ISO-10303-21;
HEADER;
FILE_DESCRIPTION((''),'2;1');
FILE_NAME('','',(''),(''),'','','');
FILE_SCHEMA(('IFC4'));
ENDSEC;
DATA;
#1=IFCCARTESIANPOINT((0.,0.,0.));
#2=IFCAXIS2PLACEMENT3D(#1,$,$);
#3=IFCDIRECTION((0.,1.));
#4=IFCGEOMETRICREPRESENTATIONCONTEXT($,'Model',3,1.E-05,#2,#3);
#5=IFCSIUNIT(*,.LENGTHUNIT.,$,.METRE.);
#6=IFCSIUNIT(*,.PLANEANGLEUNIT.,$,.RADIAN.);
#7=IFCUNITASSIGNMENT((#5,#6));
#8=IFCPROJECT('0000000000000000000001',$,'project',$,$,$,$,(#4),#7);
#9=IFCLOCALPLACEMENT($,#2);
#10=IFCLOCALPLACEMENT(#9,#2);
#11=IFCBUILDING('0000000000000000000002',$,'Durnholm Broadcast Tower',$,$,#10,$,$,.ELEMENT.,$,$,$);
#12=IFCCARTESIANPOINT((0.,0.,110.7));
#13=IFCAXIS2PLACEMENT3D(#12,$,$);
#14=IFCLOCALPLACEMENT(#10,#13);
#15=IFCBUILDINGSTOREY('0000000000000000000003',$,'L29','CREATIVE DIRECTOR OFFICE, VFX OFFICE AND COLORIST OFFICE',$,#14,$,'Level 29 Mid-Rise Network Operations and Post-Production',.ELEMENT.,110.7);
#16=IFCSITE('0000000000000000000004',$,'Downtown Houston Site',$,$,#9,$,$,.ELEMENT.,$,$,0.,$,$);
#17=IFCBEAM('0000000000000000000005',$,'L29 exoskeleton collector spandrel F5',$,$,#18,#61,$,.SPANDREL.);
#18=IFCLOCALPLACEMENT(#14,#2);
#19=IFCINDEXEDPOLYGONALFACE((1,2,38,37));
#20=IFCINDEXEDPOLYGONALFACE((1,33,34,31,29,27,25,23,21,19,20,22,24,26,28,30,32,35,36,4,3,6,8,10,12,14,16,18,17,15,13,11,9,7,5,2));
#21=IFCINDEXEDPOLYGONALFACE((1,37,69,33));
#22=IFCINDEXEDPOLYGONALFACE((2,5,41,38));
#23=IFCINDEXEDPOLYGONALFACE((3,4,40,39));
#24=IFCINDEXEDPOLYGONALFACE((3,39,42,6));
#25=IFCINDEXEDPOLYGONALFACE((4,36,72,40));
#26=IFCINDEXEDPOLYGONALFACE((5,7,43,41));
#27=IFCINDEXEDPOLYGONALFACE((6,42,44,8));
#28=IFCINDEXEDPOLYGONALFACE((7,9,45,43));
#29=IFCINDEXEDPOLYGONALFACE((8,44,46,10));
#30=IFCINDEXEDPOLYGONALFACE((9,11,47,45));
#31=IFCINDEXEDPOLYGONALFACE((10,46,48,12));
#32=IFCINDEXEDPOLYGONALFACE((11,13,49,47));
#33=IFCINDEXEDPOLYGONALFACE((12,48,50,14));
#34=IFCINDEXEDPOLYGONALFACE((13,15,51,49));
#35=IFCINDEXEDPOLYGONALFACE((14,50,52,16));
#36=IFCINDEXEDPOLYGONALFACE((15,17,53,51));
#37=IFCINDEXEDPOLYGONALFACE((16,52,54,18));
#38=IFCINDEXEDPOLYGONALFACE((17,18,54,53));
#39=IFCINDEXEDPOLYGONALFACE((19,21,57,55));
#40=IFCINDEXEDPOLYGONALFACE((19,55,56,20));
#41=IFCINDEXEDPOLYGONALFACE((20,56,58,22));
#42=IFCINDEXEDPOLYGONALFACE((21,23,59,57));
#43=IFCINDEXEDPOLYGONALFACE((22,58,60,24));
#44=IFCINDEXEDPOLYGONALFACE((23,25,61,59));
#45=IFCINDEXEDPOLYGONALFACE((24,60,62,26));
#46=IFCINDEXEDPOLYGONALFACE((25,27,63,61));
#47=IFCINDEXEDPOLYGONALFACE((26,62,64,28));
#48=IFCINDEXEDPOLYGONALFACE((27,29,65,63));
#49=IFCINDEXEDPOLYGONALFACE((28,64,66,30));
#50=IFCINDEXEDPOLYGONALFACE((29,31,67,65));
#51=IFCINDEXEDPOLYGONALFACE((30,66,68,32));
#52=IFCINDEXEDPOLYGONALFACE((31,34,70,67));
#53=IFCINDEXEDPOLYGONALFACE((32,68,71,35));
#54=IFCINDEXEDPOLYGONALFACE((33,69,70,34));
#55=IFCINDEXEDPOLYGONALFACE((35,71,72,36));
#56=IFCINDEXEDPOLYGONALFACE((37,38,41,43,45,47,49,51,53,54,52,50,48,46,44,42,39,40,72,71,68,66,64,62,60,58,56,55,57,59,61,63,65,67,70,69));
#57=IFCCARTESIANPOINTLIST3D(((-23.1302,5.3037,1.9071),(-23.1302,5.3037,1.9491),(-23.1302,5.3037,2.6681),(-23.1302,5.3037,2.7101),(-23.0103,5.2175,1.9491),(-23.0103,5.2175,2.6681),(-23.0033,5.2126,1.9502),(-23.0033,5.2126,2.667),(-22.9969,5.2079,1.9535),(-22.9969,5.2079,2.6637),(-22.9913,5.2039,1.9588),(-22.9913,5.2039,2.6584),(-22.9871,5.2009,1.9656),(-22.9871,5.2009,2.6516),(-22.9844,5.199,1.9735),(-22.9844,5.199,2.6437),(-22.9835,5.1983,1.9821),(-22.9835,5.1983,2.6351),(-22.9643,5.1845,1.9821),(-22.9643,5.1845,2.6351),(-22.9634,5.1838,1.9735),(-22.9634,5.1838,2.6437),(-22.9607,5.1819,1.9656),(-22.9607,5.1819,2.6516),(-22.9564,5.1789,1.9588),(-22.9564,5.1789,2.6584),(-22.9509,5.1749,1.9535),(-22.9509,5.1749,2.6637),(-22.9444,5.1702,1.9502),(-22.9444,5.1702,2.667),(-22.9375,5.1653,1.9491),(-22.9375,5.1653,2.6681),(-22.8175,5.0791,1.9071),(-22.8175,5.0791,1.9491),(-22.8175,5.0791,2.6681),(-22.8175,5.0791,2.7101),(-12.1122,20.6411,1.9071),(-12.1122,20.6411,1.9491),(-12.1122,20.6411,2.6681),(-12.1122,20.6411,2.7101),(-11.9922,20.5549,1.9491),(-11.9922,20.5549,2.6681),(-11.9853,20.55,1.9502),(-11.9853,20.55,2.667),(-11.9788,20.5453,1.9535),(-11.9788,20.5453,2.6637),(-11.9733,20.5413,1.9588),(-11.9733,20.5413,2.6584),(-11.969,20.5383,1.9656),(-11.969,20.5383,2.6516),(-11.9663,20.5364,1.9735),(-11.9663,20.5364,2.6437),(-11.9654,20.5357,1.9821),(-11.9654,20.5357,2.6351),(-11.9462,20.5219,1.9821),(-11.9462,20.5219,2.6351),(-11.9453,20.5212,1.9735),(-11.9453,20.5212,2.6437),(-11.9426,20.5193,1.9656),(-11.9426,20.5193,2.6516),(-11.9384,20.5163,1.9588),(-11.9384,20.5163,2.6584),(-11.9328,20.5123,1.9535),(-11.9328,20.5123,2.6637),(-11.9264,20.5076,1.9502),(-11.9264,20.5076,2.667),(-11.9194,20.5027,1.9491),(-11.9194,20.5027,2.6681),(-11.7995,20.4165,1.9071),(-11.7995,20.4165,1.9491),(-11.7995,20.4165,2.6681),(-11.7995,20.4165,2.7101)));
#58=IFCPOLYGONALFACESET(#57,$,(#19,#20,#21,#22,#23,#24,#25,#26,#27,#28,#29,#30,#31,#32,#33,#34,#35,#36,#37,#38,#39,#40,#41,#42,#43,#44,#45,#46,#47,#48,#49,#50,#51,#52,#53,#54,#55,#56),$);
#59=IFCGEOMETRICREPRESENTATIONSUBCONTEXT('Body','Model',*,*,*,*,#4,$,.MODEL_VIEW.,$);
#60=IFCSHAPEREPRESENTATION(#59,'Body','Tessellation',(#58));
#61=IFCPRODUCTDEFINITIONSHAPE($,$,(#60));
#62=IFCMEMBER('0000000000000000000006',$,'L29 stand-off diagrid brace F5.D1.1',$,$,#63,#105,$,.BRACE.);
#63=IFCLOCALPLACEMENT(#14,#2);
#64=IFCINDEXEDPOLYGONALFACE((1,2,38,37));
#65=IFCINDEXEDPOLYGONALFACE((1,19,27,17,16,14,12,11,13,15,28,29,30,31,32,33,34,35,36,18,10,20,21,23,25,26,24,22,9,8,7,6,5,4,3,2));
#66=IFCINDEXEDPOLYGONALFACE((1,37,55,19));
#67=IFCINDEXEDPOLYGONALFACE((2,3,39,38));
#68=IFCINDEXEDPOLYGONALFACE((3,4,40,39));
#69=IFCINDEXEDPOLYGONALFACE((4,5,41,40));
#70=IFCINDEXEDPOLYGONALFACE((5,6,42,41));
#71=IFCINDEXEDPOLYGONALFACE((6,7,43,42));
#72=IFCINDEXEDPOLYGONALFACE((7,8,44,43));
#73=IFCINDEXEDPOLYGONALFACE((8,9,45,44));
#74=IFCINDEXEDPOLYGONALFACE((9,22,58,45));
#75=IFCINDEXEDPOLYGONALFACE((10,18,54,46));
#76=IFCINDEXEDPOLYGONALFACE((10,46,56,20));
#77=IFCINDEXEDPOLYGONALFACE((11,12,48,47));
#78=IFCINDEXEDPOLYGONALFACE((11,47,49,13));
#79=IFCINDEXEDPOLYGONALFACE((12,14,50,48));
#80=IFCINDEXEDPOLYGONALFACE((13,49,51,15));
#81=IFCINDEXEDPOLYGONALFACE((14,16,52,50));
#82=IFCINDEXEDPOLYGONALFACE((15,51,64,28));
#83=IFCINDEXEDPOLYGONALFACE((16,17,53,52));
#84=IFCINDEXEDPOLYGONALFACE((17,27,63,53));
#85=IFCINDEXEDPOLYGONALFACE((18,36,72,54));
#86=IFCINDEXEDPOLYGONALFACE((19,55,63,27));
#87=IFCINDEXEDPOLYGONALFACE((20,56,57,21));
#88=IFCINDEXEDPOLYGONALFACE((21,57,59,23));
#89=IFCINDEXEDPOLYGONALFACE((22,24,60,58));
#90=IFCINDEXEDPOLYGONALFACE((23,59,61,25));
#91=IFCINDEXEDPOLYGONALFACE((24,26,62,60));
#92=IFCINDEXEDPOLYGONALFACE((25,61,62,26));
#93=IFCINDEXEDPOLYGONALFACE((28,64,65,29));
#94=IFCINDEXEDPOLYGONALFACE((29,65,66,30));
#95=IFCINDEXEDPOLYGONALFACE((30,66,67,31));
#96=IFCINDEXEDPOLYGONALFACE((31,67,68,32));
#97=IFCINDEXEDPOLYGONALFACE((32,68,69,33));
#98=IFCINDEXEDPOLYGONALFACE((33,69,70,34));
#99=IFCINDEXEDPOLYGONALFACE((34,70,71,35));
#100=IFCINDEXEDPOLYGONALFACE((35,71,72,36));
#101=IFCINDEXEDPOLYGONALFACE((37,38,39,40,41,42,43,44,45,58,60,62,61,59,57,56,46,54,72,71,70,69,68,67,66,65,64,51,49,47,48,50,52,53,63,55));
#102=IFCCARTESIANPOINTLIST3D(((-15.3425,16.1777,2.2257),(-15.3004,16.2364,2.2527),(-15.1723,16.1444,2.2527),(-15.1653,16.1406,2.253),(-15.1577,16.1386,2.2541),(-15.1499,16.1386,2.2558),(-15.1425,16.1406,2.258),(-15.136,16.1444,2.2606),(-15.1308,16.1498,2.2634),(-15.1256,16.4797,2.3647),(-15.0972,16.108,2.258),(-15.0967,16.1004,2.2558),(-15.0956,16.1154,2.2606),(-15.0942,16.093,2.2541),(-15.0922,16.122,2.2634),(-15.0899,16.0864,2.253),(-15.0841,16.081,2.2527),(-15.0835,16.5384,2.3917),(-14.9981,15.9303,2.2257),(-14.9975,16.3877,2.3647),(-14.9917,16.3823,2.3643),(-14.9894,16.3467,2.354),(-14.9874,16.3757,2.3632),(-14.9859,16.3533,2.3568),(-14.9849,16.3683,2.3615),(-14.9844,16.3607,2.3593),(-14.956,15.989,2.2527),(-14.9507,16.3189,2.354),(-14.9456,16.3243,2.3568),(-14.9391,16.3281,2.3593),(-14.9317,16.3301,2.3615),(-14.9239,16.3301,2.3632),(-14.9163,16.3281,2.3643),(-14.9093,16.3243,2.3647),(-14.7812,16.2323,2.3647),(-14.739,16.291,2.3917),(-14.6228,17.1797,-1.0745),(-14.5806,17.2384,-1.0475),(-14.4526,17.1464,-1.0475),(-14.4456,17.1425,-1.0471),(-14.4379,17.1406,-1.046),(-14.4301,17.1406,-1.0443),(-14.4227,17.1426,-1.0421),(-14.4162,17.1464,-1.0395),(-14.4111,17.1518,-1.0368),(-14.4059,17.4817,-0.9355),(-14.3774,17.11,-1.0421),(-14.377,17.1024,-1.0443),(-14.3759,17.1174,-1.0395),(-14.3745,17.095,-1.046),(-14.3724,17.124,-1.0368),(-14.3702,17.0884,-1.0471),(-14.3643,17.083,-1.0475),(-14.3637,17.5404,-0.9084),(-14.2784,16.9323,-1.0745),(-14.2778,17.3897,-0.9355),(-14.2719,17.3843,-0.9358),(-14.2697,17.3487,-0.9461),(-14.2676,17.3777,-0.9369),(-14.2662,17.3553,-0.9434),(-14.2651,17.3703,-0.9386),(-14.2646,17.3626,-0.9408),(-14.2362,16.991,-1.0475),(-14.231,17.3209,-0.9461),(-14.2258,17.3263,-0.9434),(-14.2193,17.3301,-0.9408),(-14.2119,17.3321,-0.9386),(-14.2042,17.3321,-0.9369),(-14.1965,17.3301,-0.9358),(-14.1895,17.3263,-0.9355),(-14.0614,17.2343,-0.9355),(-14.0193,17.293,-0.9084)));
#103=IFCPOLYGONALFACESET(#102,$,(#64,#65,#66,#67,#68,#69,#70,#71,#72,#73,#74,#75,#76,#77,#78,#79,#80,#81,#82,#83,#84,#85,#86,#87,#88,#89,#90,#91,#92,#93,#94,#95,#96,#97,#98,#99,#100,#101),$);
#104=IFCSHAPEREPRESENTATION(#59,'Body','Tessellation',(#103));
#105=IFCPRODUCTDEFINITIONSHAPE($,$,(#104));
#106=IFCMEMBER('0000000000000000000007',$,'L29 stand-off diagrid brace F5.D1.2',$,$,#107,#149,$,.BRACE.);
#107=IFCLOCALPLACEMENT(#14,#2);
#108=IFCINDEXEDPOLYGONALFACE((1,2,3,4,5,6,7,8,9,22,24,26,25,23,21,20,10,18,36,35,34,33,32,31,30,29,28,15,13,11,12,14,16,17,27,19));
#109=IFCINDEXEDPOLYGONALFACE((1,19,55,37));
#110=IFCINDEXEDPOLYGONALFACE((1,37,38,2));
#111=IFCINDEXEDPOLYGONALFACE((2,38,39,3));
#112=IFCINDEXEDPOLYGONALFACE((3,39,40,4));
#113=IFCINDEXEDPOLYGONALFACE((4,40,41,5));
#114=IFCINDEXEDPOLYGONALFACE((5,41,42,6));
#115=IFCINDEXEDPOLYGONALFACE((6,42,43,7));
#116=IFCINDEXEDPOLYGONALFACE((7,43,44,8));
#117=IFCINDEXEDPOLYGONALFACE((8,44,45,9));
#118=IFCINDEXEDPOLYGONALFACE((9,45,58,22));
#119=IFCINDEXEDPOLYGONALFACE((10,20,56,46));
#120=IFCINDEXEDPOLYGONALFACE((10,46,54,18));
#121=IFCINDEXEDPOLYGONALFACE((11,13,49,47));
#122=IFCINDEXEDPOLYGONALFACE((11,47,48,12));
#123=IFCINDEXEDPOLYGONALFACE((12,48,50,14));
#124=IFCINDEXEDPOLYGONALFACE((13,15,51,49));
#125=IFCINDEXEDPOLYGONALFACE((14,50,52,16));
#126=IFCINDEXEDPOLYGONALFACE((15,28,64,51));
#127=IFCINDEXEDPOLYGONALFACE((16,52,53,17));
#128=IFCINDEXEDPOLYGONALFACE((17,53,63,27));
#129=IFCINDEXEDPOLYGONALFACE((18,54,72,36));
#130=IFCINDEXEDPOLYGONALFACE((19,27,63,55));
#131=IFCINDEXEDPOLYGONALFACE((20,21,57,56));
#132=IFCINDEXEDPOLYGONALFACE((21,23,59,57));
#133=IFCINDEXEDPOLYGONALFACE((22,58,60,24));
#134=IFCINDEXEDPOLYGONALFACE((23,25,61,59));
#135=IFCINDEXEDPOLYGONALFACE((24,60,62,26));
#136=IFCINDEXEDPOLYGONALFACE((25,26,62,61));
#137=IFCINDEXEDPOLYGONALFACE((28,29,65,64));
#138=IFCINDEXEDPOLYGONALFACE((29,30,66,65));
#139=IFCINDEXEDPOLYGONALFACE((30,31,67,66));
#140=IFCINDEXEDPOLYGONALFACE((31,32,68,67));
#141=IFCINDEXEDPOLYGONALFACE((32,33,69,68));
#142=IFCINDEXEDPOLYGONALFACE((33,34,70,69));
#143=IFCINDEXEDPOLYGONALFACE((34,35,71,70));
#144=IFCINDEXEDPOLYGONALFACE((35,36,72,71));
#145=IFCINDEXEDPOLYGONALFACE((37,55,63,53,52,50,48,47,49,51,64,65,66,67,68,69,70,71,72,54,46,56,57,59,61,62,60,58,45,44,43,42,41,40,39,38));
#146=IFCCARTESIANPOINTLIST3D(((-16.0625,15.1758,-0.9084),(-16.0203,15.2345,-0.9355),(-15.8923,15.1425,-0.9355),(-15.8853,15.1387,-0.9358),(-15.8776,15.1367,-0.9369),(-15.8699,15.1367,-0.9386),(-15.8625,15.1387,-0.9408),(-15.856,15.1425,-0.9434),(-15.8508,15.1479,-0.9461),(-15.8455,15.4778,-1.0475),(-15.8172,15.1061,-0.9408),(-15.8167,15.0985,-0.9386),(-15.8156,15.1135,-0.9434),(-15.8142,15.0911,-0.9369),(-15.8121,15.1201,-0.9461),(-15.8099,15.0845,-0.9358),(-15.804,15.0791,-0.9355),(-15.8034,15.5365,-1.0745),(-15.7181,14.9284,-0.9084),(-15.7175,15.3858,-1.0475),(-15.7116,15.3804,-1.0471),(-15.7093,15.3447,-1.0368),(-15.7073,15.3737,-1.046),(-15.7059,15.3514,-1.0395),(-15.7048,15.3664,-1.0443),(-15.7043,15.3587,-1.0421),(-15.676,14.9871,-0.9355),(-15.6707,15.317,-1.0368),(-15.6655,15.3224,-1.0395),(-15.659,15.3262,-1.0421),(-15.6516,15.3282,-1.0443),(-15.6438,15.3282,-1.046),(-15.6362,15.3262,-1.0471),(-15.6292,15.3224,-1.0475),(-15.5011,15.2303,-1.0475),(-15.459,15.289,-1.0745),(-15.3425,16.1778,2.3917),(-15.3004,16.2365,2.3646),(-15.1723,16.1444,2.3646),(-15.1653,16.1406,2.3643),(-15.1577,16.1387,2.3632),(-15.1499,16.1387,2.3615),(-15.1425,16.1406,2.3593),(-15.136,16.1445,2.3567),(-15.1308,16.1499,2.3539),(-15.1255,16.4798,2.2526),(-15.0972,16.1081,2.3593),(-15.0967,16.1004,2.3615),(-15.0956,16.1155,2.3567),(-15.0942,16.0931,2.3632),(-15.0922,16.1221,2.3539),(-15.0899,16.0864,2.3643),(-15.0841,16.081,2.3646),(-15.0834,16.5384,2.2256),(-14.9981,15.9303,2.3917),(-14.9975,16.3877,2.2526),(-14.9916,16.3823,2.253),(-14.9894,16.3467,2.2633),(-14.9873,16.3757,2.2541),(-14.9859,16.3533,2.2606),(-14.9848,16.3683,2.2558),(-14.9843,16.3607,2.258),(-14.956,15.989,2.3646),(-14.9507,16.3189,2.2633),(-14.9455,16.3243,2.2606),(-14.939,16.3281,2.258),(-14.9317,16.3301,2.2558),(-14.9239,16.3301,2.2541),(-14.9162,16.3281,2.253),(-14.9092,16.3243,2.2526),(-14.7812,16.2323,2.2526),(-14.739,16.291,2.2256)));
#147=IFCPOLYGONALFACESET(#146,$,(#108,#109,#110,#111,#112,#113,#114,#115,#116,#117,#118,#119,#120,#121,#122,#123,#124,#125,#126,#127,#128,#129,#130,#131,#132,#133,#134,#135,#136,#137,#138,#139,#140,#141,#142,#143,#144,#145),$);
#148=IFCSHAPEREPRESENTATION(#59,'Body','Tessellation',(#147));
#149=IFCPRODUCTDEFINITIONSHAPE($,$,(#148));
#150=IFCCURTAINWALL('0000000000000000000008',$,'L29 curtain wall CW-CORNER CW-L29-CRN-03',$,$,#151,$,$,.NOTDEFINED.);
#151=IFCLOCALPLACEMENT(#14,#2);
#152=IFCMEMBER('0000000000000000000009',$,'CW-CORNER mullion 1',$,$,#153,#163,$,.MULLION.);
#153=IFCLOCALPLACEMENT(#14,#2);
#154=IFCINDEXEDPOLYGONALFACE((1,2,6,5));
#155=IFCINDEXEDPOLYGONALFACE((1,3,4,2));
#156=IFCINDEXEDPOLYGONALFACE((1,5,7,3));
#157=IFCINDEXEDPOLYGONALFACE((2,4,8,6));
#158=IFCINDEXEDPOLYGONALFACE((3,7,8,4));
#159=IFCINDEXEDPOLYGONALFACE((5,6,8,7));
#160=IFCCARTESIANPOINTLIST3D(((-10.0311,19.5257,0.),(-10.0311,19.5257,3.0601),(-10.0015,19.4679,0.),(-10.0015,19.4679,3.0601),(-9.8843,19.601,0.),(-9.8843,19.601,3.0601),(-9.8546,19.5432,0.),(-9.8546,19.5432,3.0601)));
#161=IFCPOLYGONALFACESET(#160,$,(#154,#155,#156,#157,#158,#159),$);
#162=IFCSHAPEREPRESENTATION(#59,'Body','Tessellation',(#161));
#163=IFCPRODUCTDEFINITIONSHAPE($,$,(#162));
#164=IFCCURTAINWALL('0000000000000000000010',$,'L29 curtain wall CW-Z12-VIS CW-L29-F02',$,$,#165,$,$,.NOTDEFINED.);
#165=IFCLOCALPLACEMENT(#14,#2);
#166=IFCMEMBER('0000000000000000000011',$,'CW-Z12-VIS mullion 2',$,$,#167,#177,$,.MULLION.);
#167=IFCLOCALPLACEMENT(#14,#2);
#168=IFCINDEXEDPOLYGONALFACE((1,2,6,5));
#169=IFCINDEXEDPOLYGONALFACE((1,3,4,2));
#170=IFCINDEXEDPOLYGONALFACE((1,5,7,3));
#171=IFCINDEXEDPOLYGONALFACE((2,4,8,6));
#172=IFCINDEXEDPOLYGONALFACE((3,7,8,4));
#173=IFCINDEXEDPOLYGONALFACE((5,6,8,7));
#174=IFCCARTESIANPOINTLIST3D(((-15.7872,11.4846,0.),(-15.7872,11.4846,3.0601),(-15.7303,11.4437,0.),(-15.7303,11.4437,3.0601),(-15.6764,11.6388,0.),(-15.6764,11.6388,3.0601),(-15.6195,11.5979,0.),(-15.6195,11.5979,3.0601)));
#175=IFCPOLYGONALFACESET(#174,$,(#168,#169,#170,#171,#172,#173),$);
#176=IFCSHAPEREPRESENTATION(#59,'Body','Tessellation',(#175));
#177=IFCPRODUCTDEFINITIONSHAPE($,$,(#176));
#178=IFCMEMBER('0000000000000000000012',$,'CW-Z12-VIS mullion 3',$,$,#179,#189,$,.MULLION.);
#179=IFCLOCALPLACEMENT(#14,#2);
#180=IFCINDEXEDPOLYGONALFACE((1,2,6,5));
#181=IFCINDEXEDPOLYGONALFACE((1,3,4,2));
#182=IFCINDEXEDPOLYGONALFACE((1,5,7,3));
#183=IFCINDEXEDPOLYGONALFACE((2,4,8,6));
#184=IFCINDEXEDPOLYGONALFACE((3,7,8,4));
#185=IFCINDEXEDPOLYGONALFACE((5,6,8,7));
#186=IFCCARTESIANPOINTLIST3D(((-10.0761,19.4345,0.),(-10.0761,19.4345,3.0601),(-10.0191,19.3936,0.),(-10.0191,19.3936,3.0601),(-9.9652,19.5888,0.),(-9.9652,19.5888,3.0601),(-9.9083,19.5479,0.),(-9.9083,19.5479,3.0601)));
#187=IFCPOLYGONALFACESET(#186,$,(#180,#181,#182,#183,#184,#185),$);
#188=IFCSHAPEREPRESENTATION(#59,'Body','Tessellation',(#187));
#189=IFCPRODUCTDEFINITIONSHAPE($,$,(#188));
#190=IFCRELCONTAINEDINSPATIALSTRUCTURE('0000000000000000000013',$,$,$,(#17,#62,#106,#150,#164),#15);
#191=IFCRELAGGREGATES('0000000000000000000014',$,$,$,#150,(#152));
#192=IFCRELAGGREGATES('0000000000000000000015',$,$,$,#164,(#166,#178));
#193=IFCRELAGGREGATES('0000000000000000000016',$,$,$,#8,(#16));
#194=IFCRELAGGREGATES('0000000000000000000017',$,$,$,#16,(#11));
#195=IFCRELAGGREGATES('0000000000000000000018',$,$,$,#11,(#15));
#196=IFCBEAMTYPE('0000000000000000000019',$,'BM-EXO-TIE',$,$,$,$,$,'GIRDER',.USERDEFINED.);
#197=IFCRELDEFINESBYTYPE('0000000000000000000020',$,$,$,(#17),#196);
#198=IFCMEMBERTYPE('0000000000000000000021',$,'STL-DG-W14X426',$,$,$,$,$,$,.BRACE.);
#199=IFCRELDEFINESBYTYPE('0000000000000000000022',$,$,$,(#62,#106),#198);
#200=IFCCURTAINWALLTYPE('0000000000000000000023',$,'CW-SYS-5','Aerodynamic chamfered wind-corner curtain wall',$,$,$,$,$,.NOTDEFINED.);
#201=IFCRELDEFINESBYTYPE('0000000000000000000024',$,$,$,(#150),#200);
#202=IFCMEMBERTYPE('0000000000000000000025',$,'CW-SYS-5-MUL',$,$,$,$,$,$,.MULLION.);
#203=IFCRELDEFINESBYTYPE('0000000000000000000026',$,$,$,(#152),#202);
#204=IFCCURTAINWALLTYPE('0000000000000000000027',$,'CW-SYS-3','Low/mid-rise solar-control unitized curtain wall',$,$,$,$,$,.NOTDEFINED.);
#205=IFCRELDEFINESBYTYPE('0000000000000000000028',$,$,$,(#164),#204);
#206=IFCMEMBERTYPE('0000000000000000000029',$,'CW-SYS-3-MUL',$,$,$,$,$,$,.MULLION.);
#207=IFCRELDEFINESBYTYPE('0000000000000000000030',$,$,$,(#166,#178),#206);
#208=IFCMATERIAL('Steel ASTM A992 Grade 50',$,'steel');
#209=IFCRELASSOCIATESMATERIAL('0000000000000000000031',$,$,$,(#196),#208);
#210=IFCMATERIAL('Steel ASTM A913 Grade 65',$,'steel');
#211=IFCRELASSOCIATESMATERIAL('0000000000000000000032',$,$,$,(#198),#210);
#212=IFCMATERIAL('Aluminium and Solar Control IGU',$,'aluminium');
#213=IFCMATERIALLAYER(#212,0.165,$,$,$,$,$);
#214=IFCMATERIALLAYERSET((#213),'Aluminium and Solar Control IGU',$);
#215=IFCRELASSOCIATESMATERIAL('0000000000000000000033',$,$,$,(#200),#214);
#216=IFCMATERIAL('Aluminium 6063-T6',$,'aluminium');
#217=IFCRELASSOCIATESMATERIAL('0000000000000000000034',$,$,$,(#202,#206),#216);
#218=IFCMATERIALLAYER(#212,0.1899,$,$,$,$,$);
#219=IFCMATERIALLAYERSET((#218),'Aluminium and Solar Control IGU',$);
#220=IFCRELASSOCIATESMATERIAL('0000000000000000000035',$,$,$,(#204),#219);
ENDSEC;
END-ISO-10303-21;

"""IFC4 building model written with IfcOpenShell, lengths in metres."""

from ifc_helpers import new_model, si_unit, direction, frame, origin, origin_2d, place, context, subcontext, project, spatial, rectangle, i_section, extrude, source, transform, mapped, material, layer, layer_set, material_profile, profile_set, type_object, type_shapes, element, aggregate, save


model = new_model("IFC4")

# Units and contexts
model_context = context("Model", 3, precision=1e-05, world=origin(), true_north=direction((0.0, 1.0)))
body_context = subcontext(model_context, "Body", "Model", "MODEL_VIEW")
ifc_project = project(units=[si_unit("LENGTHUNIT", "METRE"), si_unit("PLANEANGLEUNIT", "RADIAN")], contexts=[model_context])

# Site, building, storey
site_placement = place(None, origin())
site = spatial("IfcSite", under=ifc_project, at=site_placement, Name="Downtown Houston Site", CompositionType="ELEMENT", RefElevation=0.0)
building_placement = place(site_placement, origin())
building = spatial("IfcBuilding", under=site, at=building_placement, Name="Durnholm Broadcast Tower", CompositionType="ELEMENT")
storey_placement = place(building_placement, frame((0.0, 0.0, 110.7)))
storey = spatial("IfcBuildingStorey", under=building, at=storey_placement, Name="L29", Description="CREATIVE DIRECTOR OFFICE, VFX OFFICE AND COLORIST OFFICE", LongName="Level 29 Mid-Rise Network Operations and Post-Production", CompositionType="ELEMENT", Elevation=110.7)

# Beam
ifc_material_1 = material(Name="Steel ASTM A992 Grade 50", Category="steel")
ifc_material_profile_1 = material_profile(ifc_material_1, i_section(OverallWidth=0.385, OverallDepth=0.803, WebThickness=0.0237, FlangeThickness=0.042, FilletRadius=0.033, at=origin_2d()), Name="W30X261")
ifc_profile_set_1 = profile_set([ifc_material_profile_1], Name="Steel ASTM A992 Grade 50")
beam_type = type_object("IfcBeamType", Name="BM-EXO-TIE", ElementType="GIRDER", PredefinedType="USERDEFINED", material=ifc_profile_set_1)
shared_shape_1 = source(origin(), body_context, "Body", "SweptSolid", [
    extrude(i_section(OverallWidth=0.385, OverallDepth=0.803, WebThickness=0.0237, FlangeThickness=0.042, FilletRadius=0.033, at=origin_2d()), origin(), (0.0, 0.0, 1.0), 18.8848),
])
type_shapes(beam_type, [shared_shape_1])
beam_placement = place(storey_placement, frame((-11.9558, 20.5288, 2.3086), z_axis=(-0.583437, -0.812158, 0.0), x_axis=(0.812158, -0.583437, 0.0)))
element("IfcBeam", 1, at=beam_placement, inside=storey, type_object=beam_type, Name="L29 exoskeleton collector spandrel F5", PredefinedType="SPANDREL", context=body_context, shape_type="MappedRepresentation", body=[
    mapped(shared_shape_1, transform((0.0, 0.0, 0.0), x_axis=(1.0, 0.0, 0.0), y_axis=(0.0, 1.0, 0.0), z_axis=(0.0, 0.0, 1.0), scale=1.0)),
])

# Members
ifc_material_2 = material(Name="Steel ASTM A913 Grade 65", Category="steel")
ifc_material_profile_2 = material_profile(ifc_material_2, i_section(OverallWidth=0.4241, OverallDepth=0.4741, WebThickness=0.0476, FlangeThickness=0.0771, FilletRadius=0.0305, at=origin_2d()), Name="W14X426")
ifc_profile_set_2 = profile_set([ifc_material_profile_2], Name="Steel ASTM A913 Grade 65")
member_type_1 = type_object("IfcMemberType", Name="STL-DG-W14X426", PredefinedType="BRACE", material=ifc_profile_set_2)
shared_shape_2 = source(origin(), body_context, "Body", "SweptSolid", [
    extrude(i_section(OverallWidth=0.4241, OverallDepth=0.4741, WebThickness=0.0476, FlangeThickness=0.0771, FilletRadius=0.0305, at=origin_2d()), origin(), (0.0, 0.0, 1.0), 3.5232),
])
type_shapes(member_type_1, [shared_shape_2])
for number, where, z_axis, x_axis, name in (
    (2, (-14.321, 17.2363, -0.9915), (-0.204288, -0.284395, 0.936689), (0.812179, -0.583408, 0.0), "L29 stand-off diagrid brace F5.D1.1"),
    (3, (-15.7607, 15.2324, -0.9915), (0.204354, 0.284391, 0.936675), (-0.812086, 0.583538, 0.0), "L29 stand-off diagrid brace F5.D1.2"),
):
    element("IfcMember", number, at=place(storey_placement, frame(where, z_axis=z_axis, x_axis=x_axis)), inside=storey, type_object=member_type_1, Name=name, PredefinedType="BRACE", context=body_context, shape_type="MappedRepresentation", body=[
        mapped(shared_shape_2, transform((0.0, 0.0, 0.0), x_axis=(1.0, 0.0, 0.0), y_axis=(0.0, 1.0, 0.0), z_axis=(0.0, 0.0, 1.0), scale=1.0)),
    ])

# Curtain wall, member
ifc_material_3 = material(Name="Aluminium and Solar Control IGU", Category="aluminium")
ifc_layer_1 = layer(ifc_material_3, 0.165)
ifc_layer_set_1 = layer_set([ifc_layer_1], Name="Aluminium and Solar Control IGU")
curtain_wall_type_1 = type_object("IfcCurtainWallType", Name="CW-SYS-5", Description="Aerodynamic chamfered wind-corner curtain wall", PredefinedType="NOTDEFINED", material=ifc_layer_set_1)
curtain_wall_1_placement = place(storey_placement, origin())
curtain_wall_1 = element("IfcCurtainWall", 4, at=curtain_wall_1_placement, inside=storey, type_object=curtain_wall_type_1, Name="L29 curtain wall CW-CORNER CW-L29-CRN-03", PredefinedType="NOTDEFINED")
ifc_material_4 = material(Name="Aluminium 6063-T6", Category="aluminium")
ifc_material_profile_3 = material_profile(ifc_material_4, rectangle(XDim=0.0649, YDim=0.165, at=origin_2d()), Name="CWM65X165")
ifc_profile_set_3 = profile_set([ifc_material_profile_3], Name="Aluminium 6063-T6")
member_type_2 = type_object("IfcMemberType", Name="CW-SYS-5-MUL", PredefinedType="MULLION", material=ifc_profile_set_3)
shared_shape_3 = source(origin(), body_context, "Body", "SweptSolid", [
    extrude(rectangle(XDim=0.0649, YDim=0.165, at=origin_2d()), origin(), (0.0, 0.0, 1.0), 3.0601),
])
type_shapes(member_type_2, [shared_shape_3])
member_1_placement = place(storey_placement, frame((-9.9429, 19.5344, 0.0), z_axis=(0.0, 0.0, 1.0), x_axis=(-0.456373, 0.889788, 0.0)))
member_1 = element("IfcMember", 5, at=member_1_placement, type_object=member_type_2, Name="CW-CORNER mullion 1", PredefinedType="MULLION", context=body_context, shape_type="MappedRepresentation", body=[
    mapped(shared_shape_3, transform((0.0, 0.0, 0.0), x_axis=(1.0, 0.0, 0.0), y_axis=(0.0, 1.0, 0.0), z_axis=(0.0, 0.0, 1.0), scale=1.0)),
])

# Curtain wall, members
ifc_layer_2 = layer(ifc_material_3, 0.1899)
ifc_layer_set_2 = layer_set([ifc_layer_2], Name="Aluminium and Solar Control IGU")
curtain_wall_type_2 = type_object("IfcCurtainWallType", Name="CW-SYS-3", Description="Low/mid-rise solar-control unitized curtain wall", PredefinedType="NOTDEFINED", material=ifc_layer_set_2)
curtain_wall_2_placement = place(storey_placement, origin())
curtain_wall_2 = element("IfcCurtainWall", 6, at=curtain_wall_2_placement, inside=storey, type_object=curtain_wall_type_2, Name="L29 curtain wall CW-Z12-VIS CW-L29-F02", PredefinedType="NOTDEFINED")
ifc_material_profile_4 = material_profile(ifc_material_4, rectangle(XDim=0.0701, YDim=0.1899, at=origin_2d()), Name="CWM70X190")
ifc_profile_set_4 = profile_set([ifc_material_profile_4], Name="Aluminium 6063-T6")
member_type_3 = type_object("IfcMemberType", Name="CW-SYS-3-MUL", PredefinedType="MULLION", material=ifc_profile_set_4)
shared_shape_4 = source(origin(), body_context, "Body", "SweptSolid", [
    extrude(rectangle(XDim=0.0701, YDim=0.1899, at=origin_2d()), origin(), (0.0, 0.0, 1.0), 3.0601),
])
type_shapes(member_type_3, [shared_shape_4])
member_2_placement = place(storey_placement, frame((-15.7034, 11.5413, 0.0), z_axis=(0.0, 0.0, 1.0), x_axis=(-0.812152, 0.583445, 0.0)))
member_2 = element("IfcMember", 7, at=member_2_placement, type_object=member_type_3, Name="CW-Z12-VIS mullion 2", PredefinedType="MULLION", context=body_context, shape_type="MappedRepresentation", body=[
    mapped(shared_shape_4, transform((0.0, 0.0, 0.0), x_axis=(1.0, 0.0, 0.0), y_axis=(0.0, 1.0, 0.0), z_axis=(0.0, 0.0, 1.0), scale=1.0)),
])
member_3_placement = place(storey_placement, frame((-9.9922, 19.4912, 0.0), z_axis=(0.0, 0.0, 1.0), x_axis=(-0.812152, 0.583445, 0.0)))
member_3 = element("IfcMember", 8, at=member_3_placement, type_object=member_type_3, Name="CW-Z12-VIS mullion 3", PredefinedType="MULLION", context=body_context, shape_type="MappedRepresentation", body=[
    mapped(shared_shape_4, transform((0.0, 0.0, 0.0), x_axis=(1.0, 0.0, 0.0), y_axis=(0.0, 1.0, 0.0), z_axis=(0.0, 0.0, 1.0), scale=1.0)),
])

aggregate(curtain_wall_1, [member_1])

aggregate(curtain_wall_2, [member_2, member_3])

save(model, "model.ifc")
